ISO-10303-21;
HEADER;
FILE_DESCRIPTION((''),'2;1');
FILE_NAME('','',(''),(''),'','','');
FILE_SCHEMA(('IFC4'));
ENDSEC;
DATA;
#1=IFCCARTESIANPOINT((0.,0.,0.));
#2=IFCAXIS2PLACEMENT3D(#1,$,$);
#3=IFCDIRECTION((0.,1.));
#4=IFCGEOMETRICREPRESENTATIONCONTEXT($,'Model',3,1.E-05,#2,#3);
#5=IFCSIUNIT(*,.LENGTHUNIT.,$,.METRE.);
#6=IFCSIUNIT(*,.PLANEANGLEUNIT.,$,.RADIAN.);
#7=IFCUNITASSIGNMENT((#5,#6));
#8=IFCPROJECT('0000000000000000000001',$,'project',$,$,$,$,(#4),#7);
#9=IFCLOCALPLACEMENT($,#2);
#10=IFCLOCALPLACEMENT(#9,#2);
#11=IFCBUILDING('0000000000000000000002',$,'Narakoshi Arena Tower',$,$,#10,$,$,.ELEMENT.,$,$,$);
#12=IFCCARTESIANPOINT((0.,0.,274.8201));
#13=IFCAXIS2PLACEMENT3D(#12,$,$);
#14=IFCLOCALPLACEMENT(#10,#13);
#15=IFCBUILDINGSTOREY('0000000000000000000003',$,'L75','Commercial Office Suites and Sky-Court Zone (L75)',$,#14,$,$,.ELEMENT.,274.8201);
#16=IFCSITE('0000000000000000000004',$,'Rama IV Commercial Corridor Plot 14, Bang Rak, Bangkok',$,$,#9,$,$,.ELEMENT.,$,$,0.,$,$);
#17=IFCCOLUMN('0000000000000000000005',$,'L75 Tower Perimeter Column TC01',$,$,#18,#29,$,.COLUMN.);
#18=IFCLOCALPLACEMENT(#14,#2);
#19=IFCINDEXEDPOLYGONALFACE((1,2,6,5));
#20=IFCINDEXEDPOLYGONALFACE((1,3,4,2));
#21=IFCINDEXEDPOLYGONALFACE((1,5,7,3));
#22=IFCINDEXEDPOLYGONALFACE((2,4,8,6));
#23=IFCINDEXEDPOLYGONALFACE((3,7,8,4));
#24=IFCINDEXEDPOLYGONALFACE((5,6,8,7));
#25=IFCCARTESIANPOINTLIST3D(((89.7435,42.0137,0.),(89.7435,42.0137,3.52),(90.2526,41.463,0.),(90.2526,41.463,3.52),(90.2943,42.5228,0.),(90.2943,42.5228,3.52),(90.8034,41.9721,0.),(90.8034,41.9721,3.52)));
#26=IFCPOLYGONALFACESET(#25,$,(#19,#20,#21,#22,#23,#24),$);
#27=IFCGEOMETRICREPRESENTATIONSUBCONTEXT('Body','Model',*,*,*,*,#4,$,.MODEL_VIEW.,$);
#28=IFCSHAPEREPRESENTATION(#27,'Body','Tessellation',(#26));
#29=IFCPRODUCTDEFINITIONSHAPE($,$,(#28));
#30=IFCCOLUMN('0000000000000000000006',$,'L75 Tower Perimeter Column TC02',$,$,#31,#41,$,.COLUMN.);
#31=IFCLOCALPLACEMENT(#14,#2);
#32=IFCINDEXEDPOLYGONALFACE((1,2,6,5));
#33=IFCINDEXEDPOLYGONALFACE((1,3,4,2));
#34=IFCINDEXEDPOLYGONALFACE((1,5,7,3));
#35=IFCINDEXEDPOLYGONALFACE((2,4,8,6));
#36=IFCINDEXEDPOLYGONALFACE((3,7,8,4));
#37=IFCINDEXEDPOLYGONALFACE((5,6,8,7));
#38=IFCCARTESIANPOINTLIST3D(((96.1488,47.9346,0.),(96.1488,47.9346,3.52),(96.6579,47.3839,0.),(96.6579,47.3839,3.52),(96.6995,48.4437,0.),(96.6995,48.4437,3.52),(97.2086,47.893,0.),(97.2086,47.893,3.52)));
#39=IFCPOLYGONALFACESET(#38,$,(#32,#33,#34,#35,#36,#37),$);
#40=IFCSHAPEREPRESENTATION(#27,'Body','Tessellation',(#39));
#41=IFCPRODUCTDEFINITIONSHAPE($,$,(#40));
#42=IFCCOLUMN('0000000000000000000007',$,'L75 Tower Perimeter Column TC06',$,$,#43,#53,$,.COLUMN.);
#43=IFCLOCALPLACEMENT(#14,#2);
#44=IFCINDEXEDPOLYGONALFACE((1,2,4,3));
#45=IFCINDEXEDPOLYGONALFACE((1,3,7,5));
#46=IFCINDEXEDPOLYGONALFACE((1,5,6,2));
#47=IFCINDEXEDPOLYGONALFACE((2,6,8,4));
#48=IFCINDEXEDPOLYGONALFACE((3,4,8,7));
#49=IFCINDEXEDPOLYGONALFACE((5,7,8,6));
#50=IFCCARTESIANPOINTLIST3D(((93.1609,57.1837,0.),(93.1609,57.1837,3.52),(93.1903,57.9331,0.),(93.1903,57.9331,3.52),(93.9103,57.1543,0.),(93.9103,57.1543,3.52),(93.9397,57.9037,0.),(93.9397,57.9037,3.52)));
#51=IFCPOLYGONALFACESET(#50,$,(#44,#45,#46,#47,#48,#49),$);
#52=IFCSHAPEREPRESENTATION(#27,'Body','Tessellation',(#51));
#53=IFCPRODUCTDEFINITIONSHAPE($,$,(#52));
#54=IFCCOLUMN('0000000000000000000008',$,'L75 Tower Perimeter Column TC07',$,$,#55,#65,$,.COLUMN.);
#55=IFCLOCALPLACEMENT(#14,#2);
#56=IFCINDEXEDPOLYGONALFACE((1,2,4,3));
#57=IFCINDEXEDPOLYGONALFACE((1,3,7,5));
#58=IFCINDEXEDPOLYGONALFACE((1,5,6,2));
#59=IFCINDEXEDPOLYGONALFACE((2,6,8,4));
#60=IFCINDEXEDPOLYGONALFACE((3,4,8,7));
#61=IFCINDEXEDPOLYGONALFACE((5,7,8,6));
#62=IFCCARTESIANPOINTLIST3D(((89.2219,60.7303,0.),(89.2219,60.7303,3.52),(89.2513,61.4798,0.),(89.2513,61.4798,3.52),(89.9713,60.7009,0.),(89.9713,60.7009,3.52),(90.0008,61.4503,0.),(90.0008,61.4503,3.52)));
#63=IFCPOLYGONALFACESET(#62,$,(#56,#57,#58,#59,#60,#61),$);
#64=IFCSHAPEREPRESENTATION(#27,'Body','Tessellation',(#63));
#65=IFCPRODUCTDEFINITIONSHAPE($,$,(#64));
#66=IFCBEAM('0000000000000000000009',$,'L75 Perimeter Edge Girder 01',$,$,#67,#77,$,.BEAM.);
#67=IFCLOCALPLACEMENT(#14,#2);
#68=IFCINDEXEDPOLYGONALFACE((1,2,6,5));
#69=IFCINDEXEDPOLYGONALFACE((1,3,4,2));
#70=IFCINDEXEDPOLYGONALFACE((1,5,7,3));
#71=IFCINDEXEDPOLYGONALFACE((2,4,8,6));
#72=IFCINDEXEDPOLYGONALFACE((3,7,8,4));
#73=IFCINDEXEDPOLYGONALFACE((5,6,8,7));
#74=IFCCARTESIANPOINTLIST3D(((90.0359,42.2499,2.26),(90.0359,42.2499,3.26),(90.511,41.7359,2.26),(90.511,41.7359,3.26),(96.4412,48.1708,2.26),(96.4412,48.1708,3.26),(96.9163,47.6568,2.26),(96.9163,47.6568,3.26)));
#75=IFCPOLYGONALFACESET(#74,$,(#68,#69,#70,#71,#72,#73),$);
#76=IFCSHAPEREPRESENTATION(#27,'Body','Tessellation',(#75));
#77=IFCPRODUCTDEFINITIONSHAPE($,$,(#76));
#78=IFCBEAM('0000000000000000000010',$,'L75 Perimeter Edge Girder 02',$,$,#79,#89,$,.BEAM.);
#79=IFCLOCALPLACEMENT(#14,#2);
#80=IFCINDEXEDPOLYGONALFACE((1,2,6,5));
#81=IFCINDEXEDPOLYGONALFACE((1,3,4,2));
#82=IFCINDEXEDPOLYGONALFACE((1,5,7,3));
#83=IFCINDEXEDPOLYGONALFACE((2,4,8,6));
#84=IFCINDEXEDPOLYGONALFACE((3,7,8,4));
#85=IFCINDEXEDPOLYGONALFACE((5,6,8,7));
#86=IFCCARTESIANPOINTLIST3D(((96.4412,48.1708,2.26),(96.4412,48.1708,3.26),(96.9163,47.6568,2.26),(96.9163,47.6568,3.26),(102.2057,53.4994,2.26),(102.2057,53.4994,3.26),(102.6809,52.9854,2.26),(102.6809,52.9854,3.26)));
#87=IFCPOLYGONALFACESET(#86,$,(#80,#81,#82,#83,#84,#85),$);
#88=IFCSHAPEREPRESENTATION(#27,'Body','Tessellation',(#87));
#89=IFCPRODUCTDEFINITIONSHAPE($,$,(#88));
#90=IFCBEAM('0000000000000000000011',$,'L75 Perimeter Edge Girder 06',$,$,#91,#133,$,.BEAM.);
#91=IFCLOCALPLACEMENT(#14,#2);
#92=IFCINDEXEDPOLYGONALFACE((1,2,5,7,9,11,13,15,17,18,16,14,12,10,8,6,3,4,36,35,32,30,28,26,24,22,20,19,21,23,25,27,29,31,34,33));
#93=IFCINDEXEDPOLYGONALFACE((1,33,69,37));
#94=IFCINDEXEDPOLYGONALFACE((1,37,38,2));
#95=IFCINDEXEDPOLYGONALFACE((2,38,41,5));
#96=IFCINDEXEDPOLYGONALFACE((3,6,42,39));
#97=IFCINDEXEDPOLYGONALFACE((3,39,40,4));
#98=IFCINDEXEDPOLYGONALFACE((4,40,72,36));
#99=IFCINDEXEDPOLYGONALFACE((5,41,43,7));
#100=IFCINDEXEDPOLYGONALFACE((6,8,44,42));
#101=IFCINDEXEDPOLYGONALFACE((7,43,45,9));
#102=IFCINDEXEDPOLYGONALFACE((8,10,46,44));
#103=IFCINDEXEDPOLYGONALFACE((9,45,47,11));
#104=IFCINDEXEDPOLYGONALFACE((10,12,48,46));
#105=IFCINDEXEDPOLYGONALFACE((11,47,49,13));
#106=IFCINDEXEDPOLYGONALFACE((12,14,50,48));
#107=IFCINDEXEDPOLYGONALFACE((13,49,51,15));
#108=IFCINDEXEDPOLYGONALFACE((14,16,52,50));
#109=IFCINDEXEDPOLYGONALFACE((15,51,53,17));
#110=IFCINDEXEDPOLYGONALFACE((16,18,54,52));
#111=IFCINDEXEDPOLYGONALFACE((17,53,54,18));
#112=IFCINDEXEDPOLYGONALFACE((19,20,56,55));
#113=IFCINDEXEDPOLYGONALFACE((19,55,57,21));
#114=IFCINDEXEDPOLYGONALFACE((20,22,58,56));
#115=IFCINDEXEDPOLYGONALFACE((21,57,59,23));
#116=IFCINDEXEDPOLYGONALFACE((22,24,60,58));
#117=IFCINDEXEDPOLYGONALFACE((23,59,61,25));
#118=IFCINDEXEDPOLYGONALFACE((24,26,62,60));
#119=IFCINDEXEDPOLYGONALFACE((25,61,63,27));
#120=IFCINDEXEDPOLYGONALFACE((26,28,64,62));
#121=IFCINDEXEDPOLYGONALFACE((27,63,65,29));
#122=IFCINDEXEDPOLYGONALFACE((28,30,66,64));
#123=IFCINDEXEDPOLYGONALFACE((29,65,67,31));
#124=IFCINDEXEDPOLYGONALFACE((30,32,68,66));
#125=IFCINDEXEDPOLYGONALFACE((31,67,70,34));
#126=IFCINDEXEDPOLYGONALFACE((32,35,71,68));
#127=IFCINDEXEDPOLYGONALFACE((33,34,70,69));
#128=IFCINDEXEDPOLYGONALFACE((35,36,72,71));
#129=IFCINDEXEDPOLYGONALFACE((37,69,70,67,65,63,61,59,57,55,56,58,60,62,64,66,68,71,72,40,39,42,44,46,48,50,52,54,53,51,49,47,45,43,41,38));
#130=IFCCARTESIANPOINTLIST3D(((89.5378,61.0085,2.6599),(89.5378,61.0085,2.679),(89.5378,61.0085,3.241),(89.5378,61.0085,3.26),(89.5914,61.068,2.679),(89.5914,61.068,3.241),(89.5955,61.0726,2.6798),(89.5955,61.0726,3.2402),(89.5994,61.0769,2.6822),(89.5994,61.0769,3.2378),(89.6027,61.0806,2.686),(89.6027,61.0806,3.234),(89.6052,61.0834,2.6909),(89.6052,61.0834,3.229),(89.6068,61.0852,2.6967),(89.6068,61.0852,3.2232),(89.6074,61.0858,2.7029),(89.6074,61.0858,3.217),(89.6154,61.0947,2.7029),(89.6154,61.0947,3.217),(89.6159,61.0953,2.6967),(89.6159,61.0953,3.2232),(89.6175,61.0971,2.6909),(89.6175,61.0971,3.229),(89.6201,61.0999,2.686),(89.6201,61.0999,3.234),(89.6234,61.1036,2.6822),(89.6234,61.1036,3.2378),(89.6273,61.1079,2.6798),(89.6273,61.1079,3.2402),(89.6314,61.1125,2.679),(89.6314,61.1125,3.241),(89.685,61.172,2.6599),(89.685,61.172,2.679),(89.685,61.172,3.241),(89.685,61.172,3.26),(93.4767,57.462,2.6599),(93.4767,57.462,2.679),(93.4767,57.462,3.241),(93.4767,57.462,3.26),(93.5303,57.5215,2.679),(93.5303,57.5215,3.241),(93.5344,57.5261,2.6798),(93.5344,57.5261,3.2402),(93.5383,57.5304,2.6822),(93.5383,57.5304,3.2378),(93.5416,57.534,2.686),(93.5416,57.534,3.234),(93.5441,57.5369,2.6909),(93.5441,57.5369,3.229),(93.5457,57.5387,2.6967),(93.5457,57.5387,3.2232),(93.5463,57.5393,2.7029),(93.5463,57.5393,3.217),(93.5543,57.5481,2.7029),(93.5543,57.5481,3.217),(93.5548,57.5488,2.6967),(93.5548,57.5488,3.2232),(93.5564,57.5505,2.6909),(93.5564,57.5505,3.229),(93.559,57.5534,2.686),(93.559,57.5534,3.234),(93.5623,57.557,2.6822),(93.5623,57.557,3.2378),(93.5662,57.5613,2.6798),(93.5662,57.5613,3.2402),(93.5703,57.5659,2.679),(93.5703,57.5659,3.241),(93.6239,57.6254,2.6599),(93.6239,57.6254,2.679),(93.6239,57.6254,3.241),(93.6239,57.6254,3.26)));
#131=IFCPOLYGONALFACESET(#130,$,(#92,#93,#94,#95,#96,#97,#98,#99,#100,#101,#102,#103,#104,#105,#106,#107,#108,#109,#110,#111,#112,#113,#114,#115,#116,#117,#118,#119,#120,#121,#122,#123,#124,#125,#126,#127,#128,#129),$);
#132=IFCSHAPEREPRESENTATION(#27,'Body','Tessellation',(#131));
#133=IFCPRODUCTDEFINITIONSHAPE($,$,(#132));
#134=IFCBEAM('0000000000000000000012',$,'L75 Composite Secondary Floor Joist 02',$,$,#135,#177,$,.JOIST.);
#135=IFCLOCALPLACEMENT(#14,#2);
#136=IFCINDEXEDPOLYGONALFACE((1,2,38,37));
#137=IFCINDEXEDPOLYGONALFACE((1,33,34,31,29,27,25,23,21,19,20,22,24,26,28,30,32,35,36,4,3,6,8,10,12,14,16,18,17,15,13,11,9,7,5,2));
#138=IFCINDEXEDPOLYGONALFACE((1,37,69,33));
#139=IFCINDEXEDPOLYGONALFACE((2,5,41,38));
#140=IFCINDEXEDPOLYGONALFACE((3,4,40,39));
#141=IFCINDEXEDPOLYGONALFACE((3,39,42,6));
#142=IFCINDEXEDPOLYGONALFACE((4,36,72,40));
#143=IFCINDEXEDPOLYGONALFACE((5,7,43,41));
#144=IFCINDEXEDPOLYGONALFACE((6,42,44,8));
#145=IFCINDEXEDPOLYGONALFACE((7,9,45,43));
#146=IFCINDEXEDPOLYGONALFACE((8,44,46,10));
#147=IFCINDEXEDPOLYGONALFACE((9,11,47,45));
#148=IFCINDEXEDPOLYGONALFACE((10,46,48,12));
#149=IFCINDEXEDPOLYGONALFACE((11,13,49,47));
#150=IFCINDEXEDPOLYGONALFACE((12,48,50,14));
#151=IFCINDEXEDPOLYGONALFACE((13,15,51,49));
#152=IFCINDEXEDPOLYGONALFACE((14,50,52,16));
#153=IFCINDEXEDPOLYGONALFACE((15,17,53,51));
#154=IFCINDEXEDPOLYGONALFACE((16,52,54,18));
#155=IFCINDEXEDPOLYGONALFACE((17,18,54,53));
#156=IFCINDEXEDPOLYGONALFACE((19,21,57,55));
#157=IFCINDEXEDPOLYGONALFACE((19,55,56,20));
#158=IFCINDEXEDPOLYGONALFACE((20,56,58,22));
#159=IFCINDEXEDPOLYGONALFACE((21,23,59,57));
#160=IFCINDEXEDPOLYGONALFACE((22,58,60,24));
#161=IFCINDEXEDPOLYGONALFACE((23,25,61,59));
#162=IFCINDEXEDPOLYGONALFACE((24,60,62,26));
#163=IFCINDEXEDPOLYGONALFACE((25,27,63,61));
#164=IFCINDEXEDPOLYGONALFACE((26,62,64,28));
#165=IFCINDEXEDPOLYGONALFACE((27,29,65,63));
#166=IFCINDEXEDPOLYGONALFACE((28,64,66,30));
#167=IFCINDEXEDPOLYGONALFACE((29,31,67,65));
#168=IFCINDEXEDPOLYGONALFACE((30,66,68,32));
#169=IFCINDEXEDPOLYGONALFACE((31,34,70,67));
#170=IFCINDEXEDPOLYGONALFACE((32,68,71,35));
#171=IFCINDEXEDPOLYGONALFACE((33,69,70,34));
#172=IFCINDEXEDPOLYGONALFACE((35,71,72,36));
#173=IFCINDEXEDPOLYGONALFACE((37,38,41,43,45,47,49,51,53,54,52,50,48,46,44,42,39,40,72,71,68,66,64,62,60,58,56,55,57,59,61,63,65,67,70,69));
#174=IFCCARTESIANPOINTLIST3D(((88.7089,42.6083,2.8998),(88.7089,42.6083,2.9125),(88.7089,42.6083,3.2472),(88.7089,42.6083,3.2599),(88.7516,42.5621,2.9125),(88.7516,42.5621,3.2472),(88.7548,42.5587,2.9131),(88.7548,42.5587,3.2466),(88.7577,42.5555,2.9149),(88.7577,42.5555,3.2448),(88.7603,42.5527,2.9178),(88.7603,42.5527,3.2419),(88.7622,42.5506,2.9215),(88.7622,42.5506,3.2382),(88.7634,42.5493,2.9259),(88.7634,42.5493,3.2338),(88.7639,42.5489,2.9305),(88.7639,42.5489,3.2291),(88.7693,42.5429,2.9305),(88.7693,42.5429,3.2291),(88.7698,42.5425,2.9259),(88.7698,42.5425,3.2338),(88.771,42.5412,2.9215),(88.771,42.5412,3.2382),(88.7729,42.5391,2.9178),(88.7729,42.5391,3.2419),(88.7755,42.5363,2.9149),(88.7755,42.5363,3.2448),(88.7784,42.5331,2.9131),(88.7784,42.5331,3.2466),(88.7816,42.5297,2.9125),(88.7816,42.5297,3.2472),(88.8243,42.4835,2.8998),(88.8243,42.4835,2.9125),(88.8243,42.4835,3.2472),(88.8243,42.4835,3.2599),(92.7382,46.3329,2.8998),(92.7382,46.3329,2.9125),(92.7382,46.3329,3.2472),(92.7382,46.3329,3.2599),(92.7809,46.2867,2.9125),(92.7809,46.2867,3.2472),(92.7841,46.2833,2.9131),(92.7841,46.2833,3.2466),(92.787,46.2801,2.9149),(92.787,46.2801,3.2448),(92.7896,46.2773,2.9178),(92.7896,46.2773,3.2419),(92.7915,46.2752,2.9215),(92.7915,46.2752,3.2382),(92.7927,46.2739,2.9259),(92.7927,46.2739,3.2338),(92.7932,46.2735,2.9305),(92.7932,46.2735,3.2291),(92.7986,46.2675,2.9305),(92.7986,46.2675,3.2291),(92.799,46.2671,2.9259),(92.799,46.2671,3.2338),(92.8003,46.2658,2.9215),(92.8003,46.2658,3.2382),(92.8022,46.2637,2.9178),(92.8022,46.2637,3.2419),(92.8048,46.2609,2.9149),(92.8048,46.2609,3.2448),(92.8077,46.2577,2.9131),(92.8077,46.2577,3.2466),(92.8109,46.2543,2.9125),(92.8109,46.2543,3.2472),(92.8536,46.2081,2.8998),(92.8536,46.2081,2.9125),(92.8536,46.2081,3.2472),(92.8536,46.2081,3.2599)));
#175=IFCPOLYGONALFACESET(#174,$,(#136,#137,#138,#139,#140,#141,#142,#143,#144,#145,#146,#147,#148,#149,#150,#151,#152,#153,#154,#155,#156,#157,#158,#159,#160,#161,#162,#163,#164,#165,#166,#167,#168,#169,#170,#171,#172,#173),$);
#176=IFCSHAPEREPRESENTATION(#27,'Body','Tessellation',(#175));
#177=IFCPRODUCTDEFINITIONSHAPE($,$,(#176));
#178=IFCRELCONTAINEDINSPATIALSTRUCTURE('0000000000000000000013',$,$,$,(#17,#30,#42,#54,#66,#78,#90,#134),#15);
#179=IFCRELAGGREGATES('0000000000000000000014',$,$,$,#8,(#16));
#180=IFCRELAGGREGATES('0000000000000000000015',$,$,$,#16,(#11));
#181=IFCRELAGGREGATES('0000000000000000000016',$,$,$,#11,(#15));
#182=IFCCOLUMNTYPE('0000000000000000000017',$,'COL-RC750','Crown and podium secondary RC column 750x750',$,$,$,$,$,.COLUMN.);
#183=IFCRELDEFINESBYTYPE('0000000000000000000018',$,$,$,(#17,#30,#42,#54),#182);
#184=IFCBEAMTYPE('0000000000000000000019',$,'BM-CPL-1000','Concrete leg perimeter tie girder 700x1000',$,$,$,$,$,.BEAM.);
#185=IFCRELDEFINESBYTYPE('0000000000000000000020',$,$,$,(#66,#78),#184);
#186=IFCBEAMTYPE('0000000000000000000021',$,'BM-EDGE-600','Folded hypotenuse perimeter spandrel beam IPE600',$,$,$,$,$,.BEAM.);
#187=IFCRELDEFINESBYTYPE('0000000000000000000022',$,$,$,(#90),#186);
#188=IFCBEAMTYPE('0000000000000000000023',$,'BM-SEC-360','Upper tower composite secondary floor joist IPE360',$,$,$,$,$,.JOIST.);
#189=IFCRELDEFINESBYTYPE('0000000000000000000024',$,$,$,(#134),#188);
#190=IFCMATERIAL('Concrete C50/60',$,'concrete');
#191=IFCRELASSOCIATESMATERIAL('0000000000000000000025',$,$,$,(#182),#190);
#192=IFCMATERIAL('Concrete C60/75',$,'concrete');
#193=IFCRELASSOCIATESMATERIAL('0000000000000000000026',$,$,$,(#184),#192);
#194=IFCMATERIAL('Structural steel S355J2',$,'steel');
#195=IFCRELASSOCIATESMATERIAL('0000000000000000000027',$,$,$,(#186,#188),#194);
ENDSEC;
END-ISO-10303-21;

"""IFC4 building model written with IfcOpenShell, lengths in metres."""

from ifc_helpers import new_model, si_unit, direction, frame, origin, origin_2d, place, context, subcontext, project, spatial, rectangle, i_section, extrude, material, material_profile, profile_set, type_object, element, save


model = new_model("IFC4")

# Units and contexts
model_context = context("Model", 3, precision=1e-05, world=origin(), true_north=direction((0.0, 1.0)))
body_context = subcontext(model_context, "Body", "Model", "MODEL_VIEW")
ifc_project = project(units=[si_unit("LENGTHUNIT", "METRE"), si_unit("PLANEANGLEUNIT", "RADIAN")], contexts=[model_context])

# Site, building, storey
site_placement = place(None, origin())
site = spatial("IfcSite", under=ifc_project, at=site_placement, Name="Rama IV Commercial Corridor Plot 14, Bang Rak, Bangkok", CompositionType="ELEMENT", RefElevation=0.0)
building_placement = place(site_placement, origin())
building = spatial("IfcBuilding", under=site, at=building_placement, Name="Narakoshi Arena Tower", CompositionType="ELEMENT")
storey_placement = place(building_placement, frame((0.0, 0.0, 274.8201)))
storey = spatial("IfcBuildingStorey", under=building, at=storey_placement, Name="L75", Description="Commercial Office Suites and Sky-Court Zone (L75)", CompositionType="ELEMENT", Elevation=274.8201)

# Columns
ifc_material_1 = material(Name="Concrete C50/60", Category="concrete")
ifc_material_profile_1 = material_profile(ifc_material_1, rectangle(XDim=0.75, YDim=0.75, at=origin_2d()), Name="RC750x750")
ifc_profile_set_1 = profile_set([ifc_material_profile_1], Name="Concrete C50/60")
column_type = type_object("IfcColumnType", Name="COL-RC750", Description="Crown and podium secondary RC column 750x750", PredefinedType="COLUMN", material=ifc_profile_set_1)
for number, where, z_axis, x_axis, name in (
    (1, (90.2734, 41.9929, 0.0), (0.0, 0.0, 1.0), (0.734323, 0.678801, 0.0), "L75 Tower Perimeter Column TC01"),
    (2, (96.6787, 47.9138, 0.0), (0.0, 0.0, 1.0), (0.734323, 0.678801, 0.0), "L75 Tower Perimeter Column TC02"),
    (3, (93.5503, 57.5437, 0.0), (0.0, 0.0, 1.0), (0.03926, 0.999229, 0.0), "L75 Tower Perimeter Column TC06"),
    (4, (89.6113, 61.0903, 0.0), (0.0, 0.0, 1.0), (0.03926, 0.999229, 0.0), "L75 Tower Perimeter Column TC07"),
):
    element("IfcColumn", number, at=place(storey_placement, frame(where, z_axis=z_axis, x_axis=x_axis)), inside=storey, type_object=column_type, Name=name, PredefinedType="COLUMN", context=body_context, shape_type="SweptSolid", body=[
        extrude(rectangle(XDim=0.75, YDim=0.75, at=origin_2d()), origin(), (0.0, 0.0, 1.0), 3.52),
    ])

# Beams
ifc_material_2 = material(Name="Concrete C60/75", Category="concrete")
ifc_material_profile_2 = material_profile(ifc_material_2, rectangle(XDim=0.7, YDim=1.0, at=origin_2d()), Name="RCB700x1000")
ifc_profile_set_2 = profile_set([ifc_material_profile_2], Name="Concrete C60/75")
beam_type_1 = type_object("IfcBeamType", Name="BM-CPL-1000", Description="Concrete leg perimeter tie girder 700x1000", PredefinedType="BEAM", material=ifc_profile_set_2)
beam_1_placement = place(storey_placement, frame((90.2734, 41.9929, 2.76), z_axis=(0.734327, 0.678796, 0.0), x_axis=(-0.678796, 0.734327, 0.0)))
element("IfcBeam", 5, at=beam_1_placement, inside=storey, type_object=beam_type_1, Name="L75 Perimeter Edge Girder 01", PredefinedType="BEAM", context=body_context, shape_type="SweptSolid", body=[
    extrude(rectangle(XDim=0.7, YDim=1.0, at=origin_2d()), origin(), (0.0, 0.0, 1.0), 8.7227),
])
beam_2_placement = place(storey_placement, frame((96.6787, 47.9138, 2.76), z_axis=(0.734333, 0.678789, 0.0), x_axis=(-0.678789, 0.734333, 0.0)))
element("IfcBeam", 6, at=beam_2_placement, inside=storey, type_object=beam_type_1, Name="L75 Perimeter Edge Girder 02", PredefinedType="BEAM", context=body_context, shape_type="SweptSolid", body=[
    extrude(rectangle(XDim=0.7, YDim=1.0, at=origin_2d()), origin(), (0.0, 0.0, 1.0), 7.8501),
])
ifc_material_3 = material(Name="Structural steel S355J2", Category="steel")
ifc_material_profile_3 = material_profile(ifc_material_3, i_section(OverallWidth=0.22, OverallDepth=0.6001, WebThickness=0.012, FlangeThickness=0.019, FilletRadius=0.0239, at=origin_2d()), Name="IPE600")
ifc_profile_set_3 = profile_set([ifc_material_profile_3], Name="Structural steel S355J2")
beam_type_2 = type_object("IfcBeamType", Name="BM-EDGE-600", Description="Folded hypotenuse perimeter spandrel beam IPE600", PredefinedType="BEAM", material=ifc_profile_set_3)
beam_3_placement = place(storey_placement, frame((93.5503, 57.5437, 2.96), z_axis=(-0.743148, 0.669128, 0.0), x_axis=(-0.669128, -0.743148, 0.0)))
element("IfcBeam", 7, at=beam_3_placement, inside=storey, type_object=beam_type_2, Name="L75 Perimeter Edge Girder 06", PredefinedType="BEAM", context=body_context, shape_type="SweptSolid", body=[
    extrude(i_section(OverallWidth=0.22, OverallDepth=0.6001, WebThickness=0.012, FlangeThickness=0.019, FilletRadius=0.0239, at=origin_2d()), origin(), (0.0, 0.0, 1.0), 5.3003),
])
ifc_material_profile_4 = material_profile(ifc_material_3, i_section(OverallWidth=0.1699, OverallDepth=0.3601, WebThickness=0.0081, FlangeThickness=0.0127, FilletRadius=0.0181, at=origin_2d()), Name="IPE360")
ifc_profile_set_4 = profile_set([ifc_material_profile_4], Name="Structural steel S355J2")
beam_type_3 = type_object("IfcBeamType", Name="BM-SEC-360", Description="Upper tower composite secondary floor joist IPE360", PredefinedType="JOIST", material=ifc_profile_set_4)
beam_4_placement = place(storey_placement, frame((88.7666, 42.5459, 3.0798), z_axis=(0.734326, 0.678797, 0.0), x_axis=(-0.678797, 0.734326, 0.0)))
element("IfcBeam", 8, at=beam_4_placement, inside=storey, type_object=beam_type_3, Name="L75 Composite Secondary Floor Joist 02", PredefinedType="JOIST", context=body_context, shape_type="SweptSolid", body=[
    extrude(i_section(OverallWidth=0.1699, OverallDepth=0.3601, WebThickness=0.0081, FlangeThickness=0.0127, FilletRadius=0.0181, at=origin_2d()), origin(), (0.0, 0.0, 1.0), 5.4871),
])

save(model, "model.ifc")
